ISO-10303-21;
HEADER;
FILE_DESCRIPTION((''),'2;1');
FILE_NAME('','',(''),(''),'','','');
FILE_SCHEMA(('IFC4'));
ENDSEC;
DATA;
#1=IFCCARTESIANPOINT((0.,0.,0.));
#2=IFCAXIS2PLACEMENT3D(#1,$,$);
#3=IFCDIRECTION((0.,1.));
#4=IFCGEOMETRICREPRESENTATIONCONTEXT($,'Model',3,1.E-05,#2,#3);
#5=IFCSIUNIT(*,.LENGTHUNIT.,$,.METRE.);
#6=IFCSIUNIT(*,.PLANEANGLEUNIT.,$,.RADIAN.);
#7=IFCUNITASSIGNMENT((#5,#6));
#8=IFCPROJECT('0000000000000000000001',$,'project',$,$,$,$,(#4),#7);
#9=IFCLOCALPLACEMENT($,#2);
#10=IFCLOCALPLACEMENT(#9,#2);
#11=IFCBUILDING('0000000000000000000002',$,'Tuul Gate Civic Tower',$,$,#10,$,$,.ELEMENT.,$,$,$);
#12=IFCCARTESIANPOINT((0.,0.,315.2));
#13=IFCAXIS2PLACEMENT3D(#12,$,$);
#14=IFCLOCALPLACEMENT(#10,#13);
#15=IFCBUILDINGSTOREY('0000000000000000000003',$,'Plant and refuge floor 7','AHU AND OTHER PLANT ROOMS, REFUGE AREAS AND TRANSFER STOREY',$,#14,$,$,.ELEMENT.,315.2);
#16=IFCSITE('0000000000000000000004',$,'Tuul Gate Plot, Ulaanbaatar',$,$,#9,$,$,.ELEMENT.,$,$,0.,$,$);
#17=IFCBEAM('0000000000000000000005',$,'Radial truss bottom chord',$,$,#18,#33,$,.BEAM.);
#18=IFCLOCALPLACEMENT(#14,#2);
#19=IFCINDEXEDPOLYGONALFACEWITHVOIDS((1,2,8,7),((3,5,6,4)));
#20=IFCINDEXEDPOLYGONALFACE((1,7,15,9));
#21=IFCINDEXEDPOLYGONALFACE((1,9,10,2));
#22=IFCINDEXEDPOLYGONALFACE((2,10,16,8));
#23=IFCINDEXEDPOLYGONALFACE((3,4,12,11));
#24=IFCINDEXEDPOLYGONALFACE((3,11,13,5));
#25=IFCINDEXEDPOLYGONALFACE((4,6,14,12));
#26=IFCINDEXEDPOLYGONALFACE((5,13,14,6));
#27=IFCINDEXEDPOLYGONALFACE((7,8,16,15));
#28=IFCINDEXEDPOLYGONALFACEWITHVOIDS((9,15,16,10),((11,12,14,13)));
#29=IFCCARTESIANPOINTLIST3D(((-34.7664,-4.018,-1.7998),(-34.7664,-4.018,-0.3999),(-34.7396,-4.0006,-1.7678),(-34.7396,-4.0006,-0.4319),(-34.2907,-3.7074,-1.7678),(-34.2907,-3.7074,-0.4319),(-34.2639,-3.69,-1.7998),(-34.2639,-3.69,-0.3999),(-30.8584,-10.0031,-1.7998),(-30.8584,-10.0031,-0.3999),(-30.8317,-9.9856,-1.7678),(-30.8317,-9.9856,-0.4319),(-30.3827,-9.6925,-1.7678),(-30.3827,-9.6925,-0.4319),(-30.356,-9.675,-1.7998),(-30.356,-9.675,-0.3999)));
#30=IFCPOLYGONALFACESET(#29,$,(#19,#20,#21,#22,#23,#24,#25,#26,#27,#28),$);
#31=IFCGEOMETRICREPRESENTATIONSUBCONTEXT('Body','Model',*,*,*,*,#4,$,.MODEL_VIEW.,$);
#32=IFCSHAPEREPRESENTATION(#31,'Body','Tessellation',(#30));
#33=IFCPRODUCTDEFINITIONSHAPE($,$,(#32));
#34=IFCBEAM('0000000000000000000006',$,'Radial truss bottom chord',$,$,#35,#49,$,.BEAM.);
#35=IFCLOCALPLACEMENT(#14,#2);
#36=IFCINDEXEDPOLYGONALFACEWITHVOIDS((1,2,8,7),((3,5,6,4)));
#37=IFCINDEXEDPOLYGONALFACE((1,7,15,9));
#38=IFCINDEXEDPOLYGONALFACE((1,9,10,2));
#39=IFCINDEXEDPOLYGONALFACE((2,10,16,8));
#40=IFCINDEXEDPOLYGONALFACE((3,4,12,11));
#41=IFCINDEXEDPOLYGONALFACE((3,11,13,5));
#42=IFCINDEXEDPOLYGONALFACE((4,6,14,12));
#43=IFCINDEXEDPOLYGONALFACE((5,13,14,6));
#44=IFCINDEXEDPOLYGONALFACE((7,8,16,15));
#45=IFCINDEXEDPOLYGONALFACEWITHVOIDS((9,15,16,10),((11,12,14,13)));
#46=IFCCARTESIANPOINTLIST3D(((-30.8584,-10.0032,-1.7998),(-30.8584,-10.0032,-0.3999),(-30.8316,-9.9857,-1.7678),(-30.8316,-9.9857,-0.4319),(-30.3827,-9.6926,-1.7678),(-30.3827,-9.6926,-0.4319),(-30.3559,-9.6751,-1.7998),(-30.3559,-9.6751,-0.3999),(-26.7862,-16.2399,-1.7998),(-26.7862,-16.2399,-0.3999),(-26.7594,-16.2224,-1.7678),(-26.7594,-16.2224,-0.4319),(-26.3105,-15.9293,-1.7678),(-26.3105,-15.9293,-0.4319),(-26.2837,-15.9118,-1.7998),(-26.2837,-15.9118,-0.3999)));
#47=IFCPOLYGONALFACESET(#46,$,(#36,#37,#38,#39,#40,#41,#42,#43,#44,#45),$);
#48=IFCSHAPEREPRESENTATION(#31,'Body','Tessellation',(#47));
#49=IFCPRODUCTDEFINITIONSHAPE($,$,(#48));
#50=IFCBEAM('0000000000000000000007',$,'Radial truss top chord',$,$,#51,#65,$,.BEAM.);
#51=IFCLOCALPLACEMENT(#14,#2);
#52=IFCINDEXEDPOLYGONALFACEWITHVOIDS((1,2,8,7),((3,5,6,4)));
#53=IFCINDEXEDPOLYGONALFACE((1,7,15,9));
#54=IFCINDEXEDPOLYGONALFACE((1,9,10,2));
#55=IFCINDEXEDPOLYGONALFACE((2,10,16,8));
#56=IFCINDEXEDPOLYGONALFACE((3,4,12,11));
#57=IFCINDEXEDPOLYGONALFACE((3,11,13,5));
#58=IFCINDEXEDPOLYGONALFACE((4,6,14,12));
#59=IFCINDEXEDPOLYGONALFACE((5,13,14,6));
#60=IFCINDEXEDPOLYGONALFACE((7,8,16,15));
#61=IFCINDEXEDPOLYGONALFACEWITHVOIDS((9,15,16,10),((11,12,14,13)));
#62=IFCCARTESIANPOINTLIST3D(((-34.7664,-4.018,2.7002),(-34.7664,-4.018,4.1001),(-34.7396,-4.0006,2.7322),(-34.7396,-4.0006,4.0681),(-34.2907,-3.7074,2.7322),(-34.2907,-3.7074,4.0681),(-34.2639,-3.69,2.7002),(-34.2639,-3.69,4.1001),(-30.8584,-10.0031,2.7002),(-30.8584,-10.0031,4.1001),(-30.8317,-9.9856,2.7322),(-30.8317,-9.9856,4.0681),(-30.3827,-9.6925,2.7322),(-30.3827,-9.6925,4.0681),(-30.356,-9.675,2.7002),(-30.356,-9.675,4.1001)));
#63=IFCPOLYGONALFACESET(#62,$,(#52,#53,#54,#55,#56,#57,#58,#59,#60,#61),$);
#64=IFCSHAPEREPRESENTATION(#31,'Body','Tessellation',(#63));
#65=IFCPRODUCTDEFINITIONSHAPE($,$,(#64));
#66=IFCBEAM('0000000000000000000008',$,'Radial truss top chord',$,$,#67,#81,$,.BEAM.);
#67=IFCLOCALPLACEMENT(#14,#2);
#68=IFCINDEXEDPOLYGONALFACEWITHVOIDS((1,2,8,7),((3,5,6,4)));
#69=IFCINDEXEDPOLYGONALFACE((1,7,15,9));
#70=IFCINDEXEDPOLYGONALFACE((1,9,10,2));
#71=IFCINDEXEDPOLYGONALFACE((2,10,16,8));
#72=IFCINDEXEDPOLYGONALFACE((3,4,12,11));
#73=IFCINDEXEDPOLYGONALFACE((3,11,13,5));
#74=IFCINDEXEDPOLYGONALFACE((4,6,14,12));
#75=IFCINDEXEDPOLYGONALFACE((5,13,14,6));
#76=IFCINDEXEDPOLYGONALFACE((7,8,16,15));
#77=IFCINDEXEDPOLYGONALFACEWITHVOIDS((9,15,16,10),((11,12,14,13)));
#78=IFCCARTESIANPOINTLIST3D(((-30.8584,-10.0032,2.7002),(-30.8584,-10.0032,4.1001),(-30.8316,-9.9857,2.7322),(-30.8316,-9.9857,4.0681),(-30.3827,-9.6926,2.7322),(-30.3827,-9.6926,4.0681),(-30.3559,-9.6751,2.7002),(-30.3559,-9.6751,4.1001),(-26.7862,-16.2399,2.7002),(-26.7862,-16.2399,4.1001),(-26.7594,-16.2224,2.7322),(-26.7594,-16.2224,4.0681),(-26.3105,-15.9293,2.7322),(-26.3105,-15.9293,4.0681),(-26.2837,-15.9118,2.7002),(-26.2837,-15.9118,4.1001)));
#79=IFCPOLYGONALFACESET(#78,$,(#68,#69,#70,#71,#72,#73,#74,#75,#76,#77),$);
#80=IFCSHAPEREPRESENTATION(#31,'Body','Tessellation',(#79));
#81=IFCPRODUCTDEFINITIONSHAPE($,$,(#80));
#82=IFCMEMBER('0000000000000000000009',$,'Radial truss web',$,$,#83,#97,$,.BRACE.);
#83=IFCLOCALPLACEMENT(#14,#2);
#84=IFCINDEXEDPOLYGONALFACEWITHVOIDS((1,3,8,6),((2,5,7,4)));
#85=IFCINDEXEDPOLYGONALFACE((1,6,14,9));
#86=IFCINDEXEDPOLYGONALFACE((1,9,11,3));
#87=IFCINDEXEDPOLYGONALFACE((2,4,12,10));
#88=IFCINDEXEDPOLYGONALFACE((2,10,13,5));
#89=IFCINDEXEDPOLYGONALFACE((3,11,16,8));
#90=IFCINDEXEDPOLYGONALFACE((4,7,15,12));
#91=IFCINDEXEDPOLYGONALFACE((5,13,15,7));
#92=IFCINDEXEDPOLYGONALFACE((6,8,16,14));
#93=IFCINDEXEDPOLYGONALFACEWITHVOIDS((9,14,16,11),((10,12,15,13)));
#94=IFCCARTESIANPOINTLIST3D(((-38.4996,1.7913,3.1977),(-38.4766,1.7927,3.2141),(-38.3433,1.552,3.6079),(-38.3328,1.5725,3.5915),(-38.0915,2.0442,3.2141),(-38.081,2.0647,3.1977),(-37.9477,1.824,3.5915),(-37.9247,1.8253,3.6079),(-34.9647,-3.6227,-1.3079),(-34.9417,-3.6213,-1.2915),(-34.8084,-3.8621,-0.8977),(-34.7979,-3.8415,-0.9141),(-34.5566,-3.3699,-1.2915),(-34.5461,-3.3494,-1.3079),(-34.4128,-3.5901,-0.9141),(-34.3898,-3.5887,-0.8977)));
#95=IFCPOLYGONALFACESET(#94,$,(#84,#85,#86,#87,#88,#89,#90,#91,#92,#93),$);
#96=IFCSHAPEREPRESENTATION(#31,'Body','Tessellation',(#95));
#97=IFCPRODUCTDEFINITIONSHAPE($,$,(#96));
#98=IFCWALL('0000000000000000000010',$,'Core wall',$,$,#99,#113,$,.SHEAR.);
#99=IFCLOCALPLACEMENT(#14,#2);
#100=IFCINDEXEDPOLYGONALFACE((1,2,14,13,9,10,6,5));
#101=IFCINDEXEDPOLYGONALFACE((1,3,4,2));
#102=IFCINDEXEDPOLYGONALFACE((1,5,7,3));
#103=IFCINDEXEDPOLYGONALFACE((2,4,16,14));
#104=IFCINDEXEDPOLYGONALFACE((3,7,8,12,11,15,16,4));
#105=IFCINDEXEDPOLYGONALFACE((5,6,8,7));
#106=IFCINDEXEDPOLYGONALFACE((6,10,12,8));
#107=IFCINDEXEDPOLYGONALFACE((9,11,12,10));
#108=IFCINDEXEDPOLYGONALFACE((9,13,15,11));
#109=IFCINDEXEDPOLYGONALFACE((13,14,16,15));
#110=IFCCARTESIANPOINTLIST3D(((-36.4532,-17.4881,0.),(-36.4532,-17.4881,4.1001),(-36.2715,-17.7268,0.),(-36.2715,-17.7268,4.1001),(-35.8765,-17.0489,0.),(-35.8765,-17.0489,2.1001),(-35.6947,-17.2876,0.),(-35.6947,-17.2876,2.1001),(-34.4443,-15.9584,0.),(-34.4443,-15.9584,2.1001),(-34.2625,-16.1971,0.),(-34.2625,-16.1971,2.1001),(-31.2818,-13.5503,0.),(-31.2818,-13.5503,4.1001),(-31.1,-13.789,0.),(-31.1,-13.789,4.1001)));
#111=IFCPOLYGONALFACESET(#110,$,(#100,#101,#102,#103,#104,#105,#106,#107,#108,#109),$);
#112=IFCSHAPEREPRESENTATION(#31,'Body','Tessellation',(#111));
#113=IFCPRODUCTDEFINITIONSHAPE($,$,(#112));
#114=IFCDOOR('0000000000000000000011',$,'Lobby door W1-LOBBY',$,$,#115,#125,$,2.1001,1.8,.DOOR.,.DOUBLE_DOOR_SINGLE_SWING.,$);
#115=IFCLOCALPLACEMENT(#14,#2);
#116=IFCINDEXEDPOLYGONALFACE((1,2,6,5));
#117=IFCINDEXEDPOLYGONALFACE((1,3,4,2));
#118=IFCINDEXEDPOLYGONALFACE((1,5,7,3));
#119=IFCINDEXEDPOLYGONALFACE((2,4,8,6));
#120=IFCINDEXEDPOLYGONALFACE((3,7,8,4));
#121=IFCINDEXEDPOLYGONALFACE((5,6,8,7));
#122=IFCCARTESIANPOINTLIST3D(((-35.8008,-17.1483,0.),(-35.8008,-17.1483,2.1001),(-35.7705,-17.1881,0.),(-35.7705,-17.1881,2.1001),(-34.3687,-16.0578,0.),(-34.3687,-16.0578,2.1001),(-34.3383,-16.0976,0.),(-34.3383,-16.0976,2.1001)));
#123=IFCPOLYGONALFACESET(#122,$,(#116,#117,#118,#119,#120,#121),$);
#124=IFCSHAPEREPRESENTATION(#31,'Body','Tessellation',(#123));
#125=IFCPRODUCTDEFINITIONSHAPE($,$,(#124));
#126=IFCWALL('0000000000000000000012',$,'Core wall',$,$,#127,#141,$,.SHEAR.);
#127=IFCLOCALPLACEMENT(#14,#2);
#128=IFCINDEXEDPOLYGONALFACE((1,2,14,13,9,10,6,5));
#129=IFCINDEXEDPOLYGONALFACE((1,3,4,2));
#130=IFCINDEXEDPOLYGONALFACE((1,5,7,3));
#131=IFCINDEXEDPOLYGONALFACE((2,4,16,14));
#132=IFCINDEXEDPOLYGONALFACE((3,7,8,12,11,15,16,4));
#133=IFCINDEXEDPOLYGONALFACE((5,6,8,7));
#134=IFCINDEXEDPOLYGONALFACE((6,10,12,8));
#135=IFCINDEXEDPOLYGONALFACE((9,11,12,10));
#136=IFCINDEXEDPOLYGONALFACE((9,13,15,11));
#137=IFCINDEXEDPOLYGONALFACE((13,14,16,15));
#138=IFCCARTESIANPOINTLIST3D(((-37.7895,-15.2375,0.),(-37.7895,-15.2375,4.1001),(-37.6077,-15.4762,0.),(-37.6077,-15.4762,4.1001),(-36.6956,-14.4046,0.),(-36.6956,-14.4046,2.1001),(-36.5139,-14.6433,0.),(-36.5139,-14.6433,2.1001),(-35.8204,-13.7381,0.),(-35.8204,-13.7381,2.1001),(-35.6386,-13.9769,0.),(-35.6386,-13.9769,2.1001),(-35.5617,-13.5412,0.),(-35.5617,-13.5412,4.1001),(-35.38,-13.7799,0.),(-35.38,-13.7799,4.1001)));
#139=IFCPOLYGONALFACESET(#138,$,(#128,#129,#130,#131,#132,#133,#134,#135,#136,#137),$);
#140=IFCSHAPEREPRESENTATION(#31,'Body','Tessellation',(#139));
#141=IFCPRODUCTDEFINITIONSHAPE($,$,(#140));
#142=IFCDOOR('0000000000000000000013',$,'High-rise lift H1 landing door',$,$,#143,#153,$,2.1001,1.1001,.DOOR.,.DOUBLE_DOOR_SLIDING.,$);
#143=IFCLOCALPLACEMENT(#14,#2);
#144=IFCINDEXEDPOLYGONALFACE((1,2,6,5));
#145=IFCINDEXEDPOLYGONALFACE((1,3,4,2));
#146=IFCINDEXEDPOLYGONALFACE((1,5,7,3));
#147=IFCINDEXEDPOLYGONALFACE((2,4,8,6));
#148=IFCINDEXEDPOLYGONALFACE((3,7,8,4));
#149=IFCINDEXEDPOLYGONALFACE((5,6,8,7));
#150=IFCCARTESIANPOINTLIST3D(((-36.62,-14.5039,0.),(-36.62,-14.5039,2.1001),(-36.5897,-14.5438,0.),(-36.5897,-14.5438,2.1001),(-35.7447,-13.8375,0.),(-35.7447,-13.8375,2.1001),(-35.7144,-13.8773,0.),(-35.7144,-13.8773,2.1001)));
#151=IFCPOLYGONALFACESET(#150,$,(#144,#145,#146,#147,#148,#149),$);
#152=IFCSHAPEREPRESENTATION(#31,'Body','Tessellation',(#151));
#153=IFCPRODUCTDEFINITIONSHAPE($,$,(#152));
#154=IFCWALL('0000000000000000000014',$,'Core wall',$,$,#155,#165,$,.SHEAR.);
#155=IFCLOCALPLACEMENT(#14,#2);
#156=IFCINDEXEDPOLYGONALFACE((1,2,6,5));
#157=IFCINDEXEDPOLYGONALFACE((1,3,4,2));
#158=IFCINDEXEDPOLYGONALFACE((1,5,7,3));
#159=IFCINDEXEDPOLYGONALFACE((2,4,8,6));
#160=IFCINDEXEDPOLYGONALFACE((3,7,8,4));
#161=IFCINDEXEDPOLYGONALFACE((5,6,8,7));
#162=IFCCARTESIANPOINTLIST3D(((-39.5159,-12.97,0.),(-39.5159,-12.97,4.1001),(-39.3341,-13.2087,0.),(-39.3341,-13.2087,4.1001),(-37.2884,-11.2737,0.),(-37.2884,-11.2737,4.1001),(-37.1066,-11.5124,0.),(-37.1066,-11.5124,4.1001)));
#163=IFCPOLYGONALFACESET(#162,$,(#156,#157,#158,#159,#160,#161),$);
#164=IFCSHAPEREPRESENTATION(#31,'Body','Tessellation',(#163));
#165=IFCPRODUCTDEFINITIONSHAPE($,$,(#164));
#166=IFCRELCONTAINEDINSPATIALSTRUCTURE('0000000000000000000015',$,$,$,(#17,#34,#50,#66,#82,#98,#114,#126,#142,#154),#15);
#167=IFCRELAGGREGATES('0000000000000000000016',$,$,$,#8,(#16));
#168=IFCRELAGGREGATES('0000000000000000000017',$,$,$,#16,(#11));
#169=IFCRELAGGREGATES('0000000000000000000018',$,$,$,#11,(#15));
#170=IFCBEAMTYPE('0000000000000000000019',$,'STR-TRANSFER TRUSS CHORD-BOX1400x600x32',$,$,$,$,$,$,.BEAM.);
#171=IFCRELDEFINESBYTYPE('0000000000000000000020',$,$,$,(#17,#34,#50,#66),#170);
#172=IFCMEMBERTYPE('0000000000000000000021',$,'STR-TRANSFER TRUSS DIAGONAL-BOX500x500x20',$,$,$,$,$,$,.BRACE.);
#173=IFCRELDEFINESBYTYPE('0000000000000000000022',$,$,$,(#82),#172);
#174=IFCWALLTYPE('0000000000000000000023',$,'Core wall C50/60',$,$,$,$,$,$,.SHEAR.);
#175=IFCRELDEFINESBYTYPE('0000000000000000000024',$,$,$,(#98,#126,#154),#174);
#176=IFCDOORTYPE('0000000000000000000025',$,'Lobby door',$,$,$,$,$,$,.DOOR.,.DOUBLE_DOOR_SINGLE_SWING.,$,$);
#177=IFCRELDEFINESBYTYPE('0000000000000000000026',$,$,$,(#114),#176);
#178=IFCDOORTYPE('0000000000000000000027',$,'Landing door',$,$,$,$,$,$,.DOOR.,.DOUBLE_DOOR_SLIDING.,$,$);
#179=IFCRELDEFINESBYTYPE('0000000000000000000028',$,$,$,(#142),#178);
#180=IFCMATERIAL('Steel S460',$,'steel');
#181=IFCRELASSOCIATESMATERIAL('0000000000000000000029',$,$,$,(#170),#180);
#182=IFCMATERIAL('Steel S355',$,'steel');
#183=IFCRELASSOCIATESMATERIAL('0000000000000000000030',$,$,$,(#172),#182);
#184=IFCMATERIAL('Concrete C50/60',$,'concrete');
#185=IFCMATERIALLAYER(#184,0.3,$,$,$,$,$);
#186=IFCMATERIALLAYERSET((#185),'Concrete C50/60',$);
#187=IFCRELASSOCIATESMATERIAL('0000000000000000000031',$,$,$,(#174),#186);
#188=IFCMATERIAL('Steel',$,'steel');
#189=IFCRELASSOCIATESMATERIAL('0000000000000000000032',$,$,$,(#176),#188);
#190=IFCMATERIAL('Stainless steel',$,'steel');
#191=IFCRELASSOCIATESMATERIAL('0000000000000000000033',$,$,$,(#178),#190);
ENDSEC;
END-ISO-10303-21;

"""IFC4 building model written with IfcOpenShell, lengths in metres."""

from ifc_helpers import new_model, si_unit, direction, frame, frame_2d, origin, origin_2d, place, context, subcontext, project, spatial, rectangle, hollow_rectangle, extrude, material, layer, layer_set, material_profile, profile_set, type_object, element, fill, save


model = new_model("IFC4")

# Units and contexts
model_context = context("Model", 3, precision=1e-05, world=origin(), true_north=direction((0.0, 1.0)))
body_context = subcontext(model_context, "Body", "Model", "MODEL_VIEW")
ifc_project = project(units=[si_unit("LENGTHUNIT", "METRE"), si_unit("PLANEANGLEUNIT", "RADIAN")], contexts=[model_context])

# Site, building, storey
site_placement = place(None, origin())
site = spatial("IfcSite", under=ifc_project, at=site_placement, Name="Tuul Gate Plot, Ulaanbaatar", CompositionType="ELEMENT", RefElevation=0.0)
building_placement = place(site_placement, origin())
building = spatial("IfcBuilding", under=site, at=building_placement, Name="Tuul Gate Civic Tower", CompositionType="ELEMENT")
storey_placement = place(building_placement, frame((0.0, 0.0, 315.2)))
storey = spatial("IfcBuildingStorey", under=building, at=storey_placement, Name="Plant and refuge floor 7", Description="AHU AND OTHER PLANT ROOMS, REFUGE AREAS AND TRANSFER STOREY", CompositionType="ELEMENT", Elevation=315.2)

# Beams
ifc_material_1 = material(Name="Steel S460", Category="steel")
ifc_material_profile_1 = material_profile(ifc_material_1, hollow_rectangle(XDim=0.6001, YDim=1.3999, WallThickness=0.032, at=origin_2d()), Name="BOX1400x600x32")
ifc_profile_set_1 = profile_set([ifc_material_profile_1], Name="Steel S460")
beam_type = type_object("IfcBeamType", Name="STR-TRANSFER TRUSS CHORD-BOX1400x600x32", PredefinedType="BEAM", material=ifc_profile_set_1)
beam_1_placement = place(storey_placement, frame((-34.5151, -3.854, -1.0999), z_axis=(0.546722, -0.837314, 0.0), x_axis=(0.837314, 0.546722, 0.0)))
element("IfcBeam", 1, at=beam_1_placement, inside=storey, type_object=beam_type, Name="Radial truss bottom chord", PredefinedType="BEAM", context=body_context, shape_type="SweptSolid", body=[
    extrude(hollow_rectangle(XDim=0.6001, YDim=1.3999, WallThickness=0.032, at=origin_2d()), origin(), (0.0, 0.0, 1.0), 7.1479),
])
beam_2_placement = place(storey_placement, frame((-30.6072, -9.8391, -1.0999), z_axis=(0.546718, -0.837317, 0.0), x_axis=(0.837317, 0.546718, 0.0)))
element("IfcBeam", 2, at=beam_2_placement, inside=storey, type_object=beam_type, Name="Radial truss bottom chord", PredefinedType="BEAM", context=body_context, shape_type="SweptSolid", body=[
    extrude(hollow_rectangle(XDim=0.6001, YDim=1.3999, WallThickness=0.032, at=origin_2d()), origin(), (0.0, 0.0, 1.0), 7.4485),
])
beam_3_placement = place(storey_placement, frame((-34.5151, -3.854, 3.4001), z_axis=(0.546722, -0.837314, 0.0), x_axis=(0.837314, 0.546722, 0.0)))
element("IfcBeam", 3, at=beam_3_placement, inside=storey, type_object=beam_type, Name="Radial truss top chord", PredefinedType="BEAM", context=body_context, shape_type="SweptSolid", body=[
    extrude(hollow_rectangle(XDim=0.6001, YDim=1.3999, WallThickness=0.032, at=origin_2d()), origin(), (0.0, 0.0, 1.0), 7.1479),
])
beam_4_placement = place(storey_placement, frame((-30.6072, -9.8391, 3.4001), z_axis=(0.546718, -0.837317, 0.0), x_axis=(0.837317, 0.546718, 0.0)))
element("IfcBeam", 4, at=beam_4_placement, inside=storey, type_object=beam_type, Name="Radial truss top chord", PredefinedType="BEAM", context=body_context, shape_type="SweptSolid", body=[
    extrude(hollow_rectangle(XDim=0.6001, YDim=1.3999, WallThickness=0.032, at=origin_2d()), origin(), (0.0, 0.0, 1.0), 7.4485),
])

# Member
ifc_material_2 = material(Name="Steel S355", Category="steel")
ifc_material_profile_2 = material_profile(ifc_material_2, hollow_rectangle(XDim=0.5, YDim=0.5, WallThickness=0.02, at=origin_2d()), Name="BOX500x500x20")
ifc_profile_set_2 = profile_set([ifc_material_profile_2], Name="Steel S355")
member_type = type_object("IfcMemberType", Name="STR-TRANSFER TRUSS DIAGONAL-BOX500x500x20", PredefinedType="BRACE", material=ifc_profile_set_2)
member_placement = place(storey_placement, frame((-34.6772, -3.6057, -1.1028), z_axis=(-0.448543, 0.686987, 0.571715), x_axis=(-0.837327, -0.546702, 0.0)))
element("IfcMember", 5, at=member_placement, inside=storey, type_object=member_type, Name="Radial truss web", PredefinedType="BRACE", context=body_context, shape_type="SweptSolid", body=[
    extrude(hollow_rectangle(XDim=0.5, YDim=0.5, WallThickness=0.02, at=origin_2d()), origin(), (0.0, 0.0, 1.0), 7.8809),
])

# Walls, openings, doors
ifc_material_3 = material(Name="Concrete C50/60", Category="concrete")
ifc_layer_1 = layer(ifc_material_3, 0.3)
ifc_layer_set_1 = layer_set([ifc_layer_1], Name="Concrete C50/60")
wall_type_1 = type_object("IfcWallType", Name="Core wall C50/60", PredefinedType="SHEAR", material=ifc_layer_set_1)
wall_1_placement = place(storey_placement, frame((-31.1909, -13.6697, 0.0), z_axis=(0.0, 0.0, 1.0), x_axis=(-0.795607, -0.605813, 0.0)))
wall_1 = element("IfcWall", 6, at=wall_1_placement, inside=storey, type_object=wall_type_1, Name="Core wall", PredefinedType="SHEAR", context=body_context, shape_type="SweptSolid", body=[
    extrude(rectangle(XDim=6.5, YDim=0.3, at=frame_2d((3.25, 0.0))), origin(), (0.0, 0.0, 1.0), 4.1001),
])
opening_1_placement = place(wall_1_placement, frame((3.9751, 0.0, 0.0)))
opening_1 = element("IfcOpeningElement", 7, at=opening_1_placement, cuts=wall_1, PredefinedType="OPENING", context=body_context, shape_type="SweptSolid", body=[
    extrude(rectangle(XDim=1.8, YDim=2.1001, at=frame_2d((0.8999, 1.05))), frame((0.0, 0.1602, 0.0), z_axis=(0.0, -1.0, 0.0), x_axis=(1.0, 0.0, 0.0)), (0.0, 0.0, 1.0), 0.3201),
])
ifc_material_4 = material(Name="Steel", Category="steel")
door_type_1 = type_object("IfcDoorType", Name="Lobby door", OperationType="DOUBLE_DOOR_SINGLE_SWING", PredefinedType="DOOR", material=ifc_material_4)
door_1_placement = place(opening_1_placement, origin())
door_1 = element("IfcDoor", 8, at=door_1_placement, inside=storey, type_object=door_type_1, Name="Lobby door W1-LOBBY", OperationType="DOUBLE_DOOR_SINGLE_SWING", OverallHeight=2.1001, OverallWidth=1.8, PredefinedType="DOOR", context=body_context, shape_type="SweptSolid", body=[
    extrude(rectangle(XDim=1.8, YDim=2.1001, at=frame_2d((0.8999, 1.05))), frame((0.0, 0.0249, 0.0), z_axis=(0.0, -1.0, 0.0), x_axis=(1.0, 0.0, 0.0)), (0.0, 0.0, 1.0), 0.05),
])
fill(opening_1, door_1)
wall_2_placement = place(storey_placement, frame((-35.4709, -13.6606, 0.0), z_axis=(0.0, 0.0, 1.0), x_axis=(-0.795616, -0.605802, 0.0)))
wall_2 = element("IfcWall", 9, at=wall_2_placement, inside=storey, type_object=wall_type_1, Name="Core wall", PredefinedType="SHEAR", context=body_context, shape_type="SweptSolid", body=[
    extrude(rectangle(XDim=2.8, YDim=0.3, at=frame_2d((1.3999, 0.0))), origin(), (0.0, 0.0, 1.0), 4.1001),
])
opening_2_placement = place(wall_2_placement, frame((0.325, 0.0, 0.0)))
opening_2 = element("IfcOpeningElement", 10, at=opening_2_placement, cuts=wall_2, PredefinedType="OPENING", context=body_context, shape_type="SweptSolid", body=[
    extrude(rectangle(XDim=1.1001, YDim=2.1001, at=frame_2d((0.55, 1.05))), frame((0.0, 0.1602, 0.0), z_axis=(0.0, -1.0, 0.0), x_axis=(1.0, 0.0, 0.0)), (0.0, 0.0, 1.0), 0.3201),
])
ifc_material_5 = material(Name="Stainless steel", Category="steel")
door_type_2 = type_object("IfcDoorType", Name="Landing door", OperationType="DOUBLE_DOOR_SLIDING", PredefinedType="DOOR", material=ifc_material_5)
door_2_placement = place(opening_2_placement, origin())
door_2 = element("IfcDoor", 11, at=door_2_placement, inside=storey, type_object=door_type_2, Name="High-rise lift H1 landing door", OperationType="DOUBLE_DOOR_SLIDING", OverallHeight=2.1001, OverallWidth=1.1001, PredefinedType="DOOR", context=body_context, shape_type="SweptSolid", body=[
    extrude(rectangle(XDim=1.1001, YDim=2.1001, at=frame_2d((0.55, 1.05))), frame((0.0, 0.0249, 0.0), z_axis=(0.0, -1.0, 0.0), x_axis=(1.0, 0.0, 0.0)), (0.0, 0.0, 1.0), 0.05),
])
fill(opening_2, door_2)

# Wall
wall_3_placement = place(storey_placement, frame((-37.1975, -11.3931, 0.0), z_axis=(0.0, 0.0, 1.0), x_axis=(-0.795584, -0.605844, 0.0)))
element("IfcWall", 12, at=wall_3_placement, inside=storey, type_object=wall_type_1, Name="Core wall", PredefinedType="SHEAR", context=body_context, shape_type="SweptSolid", body=[
    extrude(rectangle(XDim=2.7998, YDim=0.3, at=frame_2d((1.3999, 0.0))), origin(), (0.0, 0.0, 1.0), 4.1001),
])

save(model, "model.ifc")
